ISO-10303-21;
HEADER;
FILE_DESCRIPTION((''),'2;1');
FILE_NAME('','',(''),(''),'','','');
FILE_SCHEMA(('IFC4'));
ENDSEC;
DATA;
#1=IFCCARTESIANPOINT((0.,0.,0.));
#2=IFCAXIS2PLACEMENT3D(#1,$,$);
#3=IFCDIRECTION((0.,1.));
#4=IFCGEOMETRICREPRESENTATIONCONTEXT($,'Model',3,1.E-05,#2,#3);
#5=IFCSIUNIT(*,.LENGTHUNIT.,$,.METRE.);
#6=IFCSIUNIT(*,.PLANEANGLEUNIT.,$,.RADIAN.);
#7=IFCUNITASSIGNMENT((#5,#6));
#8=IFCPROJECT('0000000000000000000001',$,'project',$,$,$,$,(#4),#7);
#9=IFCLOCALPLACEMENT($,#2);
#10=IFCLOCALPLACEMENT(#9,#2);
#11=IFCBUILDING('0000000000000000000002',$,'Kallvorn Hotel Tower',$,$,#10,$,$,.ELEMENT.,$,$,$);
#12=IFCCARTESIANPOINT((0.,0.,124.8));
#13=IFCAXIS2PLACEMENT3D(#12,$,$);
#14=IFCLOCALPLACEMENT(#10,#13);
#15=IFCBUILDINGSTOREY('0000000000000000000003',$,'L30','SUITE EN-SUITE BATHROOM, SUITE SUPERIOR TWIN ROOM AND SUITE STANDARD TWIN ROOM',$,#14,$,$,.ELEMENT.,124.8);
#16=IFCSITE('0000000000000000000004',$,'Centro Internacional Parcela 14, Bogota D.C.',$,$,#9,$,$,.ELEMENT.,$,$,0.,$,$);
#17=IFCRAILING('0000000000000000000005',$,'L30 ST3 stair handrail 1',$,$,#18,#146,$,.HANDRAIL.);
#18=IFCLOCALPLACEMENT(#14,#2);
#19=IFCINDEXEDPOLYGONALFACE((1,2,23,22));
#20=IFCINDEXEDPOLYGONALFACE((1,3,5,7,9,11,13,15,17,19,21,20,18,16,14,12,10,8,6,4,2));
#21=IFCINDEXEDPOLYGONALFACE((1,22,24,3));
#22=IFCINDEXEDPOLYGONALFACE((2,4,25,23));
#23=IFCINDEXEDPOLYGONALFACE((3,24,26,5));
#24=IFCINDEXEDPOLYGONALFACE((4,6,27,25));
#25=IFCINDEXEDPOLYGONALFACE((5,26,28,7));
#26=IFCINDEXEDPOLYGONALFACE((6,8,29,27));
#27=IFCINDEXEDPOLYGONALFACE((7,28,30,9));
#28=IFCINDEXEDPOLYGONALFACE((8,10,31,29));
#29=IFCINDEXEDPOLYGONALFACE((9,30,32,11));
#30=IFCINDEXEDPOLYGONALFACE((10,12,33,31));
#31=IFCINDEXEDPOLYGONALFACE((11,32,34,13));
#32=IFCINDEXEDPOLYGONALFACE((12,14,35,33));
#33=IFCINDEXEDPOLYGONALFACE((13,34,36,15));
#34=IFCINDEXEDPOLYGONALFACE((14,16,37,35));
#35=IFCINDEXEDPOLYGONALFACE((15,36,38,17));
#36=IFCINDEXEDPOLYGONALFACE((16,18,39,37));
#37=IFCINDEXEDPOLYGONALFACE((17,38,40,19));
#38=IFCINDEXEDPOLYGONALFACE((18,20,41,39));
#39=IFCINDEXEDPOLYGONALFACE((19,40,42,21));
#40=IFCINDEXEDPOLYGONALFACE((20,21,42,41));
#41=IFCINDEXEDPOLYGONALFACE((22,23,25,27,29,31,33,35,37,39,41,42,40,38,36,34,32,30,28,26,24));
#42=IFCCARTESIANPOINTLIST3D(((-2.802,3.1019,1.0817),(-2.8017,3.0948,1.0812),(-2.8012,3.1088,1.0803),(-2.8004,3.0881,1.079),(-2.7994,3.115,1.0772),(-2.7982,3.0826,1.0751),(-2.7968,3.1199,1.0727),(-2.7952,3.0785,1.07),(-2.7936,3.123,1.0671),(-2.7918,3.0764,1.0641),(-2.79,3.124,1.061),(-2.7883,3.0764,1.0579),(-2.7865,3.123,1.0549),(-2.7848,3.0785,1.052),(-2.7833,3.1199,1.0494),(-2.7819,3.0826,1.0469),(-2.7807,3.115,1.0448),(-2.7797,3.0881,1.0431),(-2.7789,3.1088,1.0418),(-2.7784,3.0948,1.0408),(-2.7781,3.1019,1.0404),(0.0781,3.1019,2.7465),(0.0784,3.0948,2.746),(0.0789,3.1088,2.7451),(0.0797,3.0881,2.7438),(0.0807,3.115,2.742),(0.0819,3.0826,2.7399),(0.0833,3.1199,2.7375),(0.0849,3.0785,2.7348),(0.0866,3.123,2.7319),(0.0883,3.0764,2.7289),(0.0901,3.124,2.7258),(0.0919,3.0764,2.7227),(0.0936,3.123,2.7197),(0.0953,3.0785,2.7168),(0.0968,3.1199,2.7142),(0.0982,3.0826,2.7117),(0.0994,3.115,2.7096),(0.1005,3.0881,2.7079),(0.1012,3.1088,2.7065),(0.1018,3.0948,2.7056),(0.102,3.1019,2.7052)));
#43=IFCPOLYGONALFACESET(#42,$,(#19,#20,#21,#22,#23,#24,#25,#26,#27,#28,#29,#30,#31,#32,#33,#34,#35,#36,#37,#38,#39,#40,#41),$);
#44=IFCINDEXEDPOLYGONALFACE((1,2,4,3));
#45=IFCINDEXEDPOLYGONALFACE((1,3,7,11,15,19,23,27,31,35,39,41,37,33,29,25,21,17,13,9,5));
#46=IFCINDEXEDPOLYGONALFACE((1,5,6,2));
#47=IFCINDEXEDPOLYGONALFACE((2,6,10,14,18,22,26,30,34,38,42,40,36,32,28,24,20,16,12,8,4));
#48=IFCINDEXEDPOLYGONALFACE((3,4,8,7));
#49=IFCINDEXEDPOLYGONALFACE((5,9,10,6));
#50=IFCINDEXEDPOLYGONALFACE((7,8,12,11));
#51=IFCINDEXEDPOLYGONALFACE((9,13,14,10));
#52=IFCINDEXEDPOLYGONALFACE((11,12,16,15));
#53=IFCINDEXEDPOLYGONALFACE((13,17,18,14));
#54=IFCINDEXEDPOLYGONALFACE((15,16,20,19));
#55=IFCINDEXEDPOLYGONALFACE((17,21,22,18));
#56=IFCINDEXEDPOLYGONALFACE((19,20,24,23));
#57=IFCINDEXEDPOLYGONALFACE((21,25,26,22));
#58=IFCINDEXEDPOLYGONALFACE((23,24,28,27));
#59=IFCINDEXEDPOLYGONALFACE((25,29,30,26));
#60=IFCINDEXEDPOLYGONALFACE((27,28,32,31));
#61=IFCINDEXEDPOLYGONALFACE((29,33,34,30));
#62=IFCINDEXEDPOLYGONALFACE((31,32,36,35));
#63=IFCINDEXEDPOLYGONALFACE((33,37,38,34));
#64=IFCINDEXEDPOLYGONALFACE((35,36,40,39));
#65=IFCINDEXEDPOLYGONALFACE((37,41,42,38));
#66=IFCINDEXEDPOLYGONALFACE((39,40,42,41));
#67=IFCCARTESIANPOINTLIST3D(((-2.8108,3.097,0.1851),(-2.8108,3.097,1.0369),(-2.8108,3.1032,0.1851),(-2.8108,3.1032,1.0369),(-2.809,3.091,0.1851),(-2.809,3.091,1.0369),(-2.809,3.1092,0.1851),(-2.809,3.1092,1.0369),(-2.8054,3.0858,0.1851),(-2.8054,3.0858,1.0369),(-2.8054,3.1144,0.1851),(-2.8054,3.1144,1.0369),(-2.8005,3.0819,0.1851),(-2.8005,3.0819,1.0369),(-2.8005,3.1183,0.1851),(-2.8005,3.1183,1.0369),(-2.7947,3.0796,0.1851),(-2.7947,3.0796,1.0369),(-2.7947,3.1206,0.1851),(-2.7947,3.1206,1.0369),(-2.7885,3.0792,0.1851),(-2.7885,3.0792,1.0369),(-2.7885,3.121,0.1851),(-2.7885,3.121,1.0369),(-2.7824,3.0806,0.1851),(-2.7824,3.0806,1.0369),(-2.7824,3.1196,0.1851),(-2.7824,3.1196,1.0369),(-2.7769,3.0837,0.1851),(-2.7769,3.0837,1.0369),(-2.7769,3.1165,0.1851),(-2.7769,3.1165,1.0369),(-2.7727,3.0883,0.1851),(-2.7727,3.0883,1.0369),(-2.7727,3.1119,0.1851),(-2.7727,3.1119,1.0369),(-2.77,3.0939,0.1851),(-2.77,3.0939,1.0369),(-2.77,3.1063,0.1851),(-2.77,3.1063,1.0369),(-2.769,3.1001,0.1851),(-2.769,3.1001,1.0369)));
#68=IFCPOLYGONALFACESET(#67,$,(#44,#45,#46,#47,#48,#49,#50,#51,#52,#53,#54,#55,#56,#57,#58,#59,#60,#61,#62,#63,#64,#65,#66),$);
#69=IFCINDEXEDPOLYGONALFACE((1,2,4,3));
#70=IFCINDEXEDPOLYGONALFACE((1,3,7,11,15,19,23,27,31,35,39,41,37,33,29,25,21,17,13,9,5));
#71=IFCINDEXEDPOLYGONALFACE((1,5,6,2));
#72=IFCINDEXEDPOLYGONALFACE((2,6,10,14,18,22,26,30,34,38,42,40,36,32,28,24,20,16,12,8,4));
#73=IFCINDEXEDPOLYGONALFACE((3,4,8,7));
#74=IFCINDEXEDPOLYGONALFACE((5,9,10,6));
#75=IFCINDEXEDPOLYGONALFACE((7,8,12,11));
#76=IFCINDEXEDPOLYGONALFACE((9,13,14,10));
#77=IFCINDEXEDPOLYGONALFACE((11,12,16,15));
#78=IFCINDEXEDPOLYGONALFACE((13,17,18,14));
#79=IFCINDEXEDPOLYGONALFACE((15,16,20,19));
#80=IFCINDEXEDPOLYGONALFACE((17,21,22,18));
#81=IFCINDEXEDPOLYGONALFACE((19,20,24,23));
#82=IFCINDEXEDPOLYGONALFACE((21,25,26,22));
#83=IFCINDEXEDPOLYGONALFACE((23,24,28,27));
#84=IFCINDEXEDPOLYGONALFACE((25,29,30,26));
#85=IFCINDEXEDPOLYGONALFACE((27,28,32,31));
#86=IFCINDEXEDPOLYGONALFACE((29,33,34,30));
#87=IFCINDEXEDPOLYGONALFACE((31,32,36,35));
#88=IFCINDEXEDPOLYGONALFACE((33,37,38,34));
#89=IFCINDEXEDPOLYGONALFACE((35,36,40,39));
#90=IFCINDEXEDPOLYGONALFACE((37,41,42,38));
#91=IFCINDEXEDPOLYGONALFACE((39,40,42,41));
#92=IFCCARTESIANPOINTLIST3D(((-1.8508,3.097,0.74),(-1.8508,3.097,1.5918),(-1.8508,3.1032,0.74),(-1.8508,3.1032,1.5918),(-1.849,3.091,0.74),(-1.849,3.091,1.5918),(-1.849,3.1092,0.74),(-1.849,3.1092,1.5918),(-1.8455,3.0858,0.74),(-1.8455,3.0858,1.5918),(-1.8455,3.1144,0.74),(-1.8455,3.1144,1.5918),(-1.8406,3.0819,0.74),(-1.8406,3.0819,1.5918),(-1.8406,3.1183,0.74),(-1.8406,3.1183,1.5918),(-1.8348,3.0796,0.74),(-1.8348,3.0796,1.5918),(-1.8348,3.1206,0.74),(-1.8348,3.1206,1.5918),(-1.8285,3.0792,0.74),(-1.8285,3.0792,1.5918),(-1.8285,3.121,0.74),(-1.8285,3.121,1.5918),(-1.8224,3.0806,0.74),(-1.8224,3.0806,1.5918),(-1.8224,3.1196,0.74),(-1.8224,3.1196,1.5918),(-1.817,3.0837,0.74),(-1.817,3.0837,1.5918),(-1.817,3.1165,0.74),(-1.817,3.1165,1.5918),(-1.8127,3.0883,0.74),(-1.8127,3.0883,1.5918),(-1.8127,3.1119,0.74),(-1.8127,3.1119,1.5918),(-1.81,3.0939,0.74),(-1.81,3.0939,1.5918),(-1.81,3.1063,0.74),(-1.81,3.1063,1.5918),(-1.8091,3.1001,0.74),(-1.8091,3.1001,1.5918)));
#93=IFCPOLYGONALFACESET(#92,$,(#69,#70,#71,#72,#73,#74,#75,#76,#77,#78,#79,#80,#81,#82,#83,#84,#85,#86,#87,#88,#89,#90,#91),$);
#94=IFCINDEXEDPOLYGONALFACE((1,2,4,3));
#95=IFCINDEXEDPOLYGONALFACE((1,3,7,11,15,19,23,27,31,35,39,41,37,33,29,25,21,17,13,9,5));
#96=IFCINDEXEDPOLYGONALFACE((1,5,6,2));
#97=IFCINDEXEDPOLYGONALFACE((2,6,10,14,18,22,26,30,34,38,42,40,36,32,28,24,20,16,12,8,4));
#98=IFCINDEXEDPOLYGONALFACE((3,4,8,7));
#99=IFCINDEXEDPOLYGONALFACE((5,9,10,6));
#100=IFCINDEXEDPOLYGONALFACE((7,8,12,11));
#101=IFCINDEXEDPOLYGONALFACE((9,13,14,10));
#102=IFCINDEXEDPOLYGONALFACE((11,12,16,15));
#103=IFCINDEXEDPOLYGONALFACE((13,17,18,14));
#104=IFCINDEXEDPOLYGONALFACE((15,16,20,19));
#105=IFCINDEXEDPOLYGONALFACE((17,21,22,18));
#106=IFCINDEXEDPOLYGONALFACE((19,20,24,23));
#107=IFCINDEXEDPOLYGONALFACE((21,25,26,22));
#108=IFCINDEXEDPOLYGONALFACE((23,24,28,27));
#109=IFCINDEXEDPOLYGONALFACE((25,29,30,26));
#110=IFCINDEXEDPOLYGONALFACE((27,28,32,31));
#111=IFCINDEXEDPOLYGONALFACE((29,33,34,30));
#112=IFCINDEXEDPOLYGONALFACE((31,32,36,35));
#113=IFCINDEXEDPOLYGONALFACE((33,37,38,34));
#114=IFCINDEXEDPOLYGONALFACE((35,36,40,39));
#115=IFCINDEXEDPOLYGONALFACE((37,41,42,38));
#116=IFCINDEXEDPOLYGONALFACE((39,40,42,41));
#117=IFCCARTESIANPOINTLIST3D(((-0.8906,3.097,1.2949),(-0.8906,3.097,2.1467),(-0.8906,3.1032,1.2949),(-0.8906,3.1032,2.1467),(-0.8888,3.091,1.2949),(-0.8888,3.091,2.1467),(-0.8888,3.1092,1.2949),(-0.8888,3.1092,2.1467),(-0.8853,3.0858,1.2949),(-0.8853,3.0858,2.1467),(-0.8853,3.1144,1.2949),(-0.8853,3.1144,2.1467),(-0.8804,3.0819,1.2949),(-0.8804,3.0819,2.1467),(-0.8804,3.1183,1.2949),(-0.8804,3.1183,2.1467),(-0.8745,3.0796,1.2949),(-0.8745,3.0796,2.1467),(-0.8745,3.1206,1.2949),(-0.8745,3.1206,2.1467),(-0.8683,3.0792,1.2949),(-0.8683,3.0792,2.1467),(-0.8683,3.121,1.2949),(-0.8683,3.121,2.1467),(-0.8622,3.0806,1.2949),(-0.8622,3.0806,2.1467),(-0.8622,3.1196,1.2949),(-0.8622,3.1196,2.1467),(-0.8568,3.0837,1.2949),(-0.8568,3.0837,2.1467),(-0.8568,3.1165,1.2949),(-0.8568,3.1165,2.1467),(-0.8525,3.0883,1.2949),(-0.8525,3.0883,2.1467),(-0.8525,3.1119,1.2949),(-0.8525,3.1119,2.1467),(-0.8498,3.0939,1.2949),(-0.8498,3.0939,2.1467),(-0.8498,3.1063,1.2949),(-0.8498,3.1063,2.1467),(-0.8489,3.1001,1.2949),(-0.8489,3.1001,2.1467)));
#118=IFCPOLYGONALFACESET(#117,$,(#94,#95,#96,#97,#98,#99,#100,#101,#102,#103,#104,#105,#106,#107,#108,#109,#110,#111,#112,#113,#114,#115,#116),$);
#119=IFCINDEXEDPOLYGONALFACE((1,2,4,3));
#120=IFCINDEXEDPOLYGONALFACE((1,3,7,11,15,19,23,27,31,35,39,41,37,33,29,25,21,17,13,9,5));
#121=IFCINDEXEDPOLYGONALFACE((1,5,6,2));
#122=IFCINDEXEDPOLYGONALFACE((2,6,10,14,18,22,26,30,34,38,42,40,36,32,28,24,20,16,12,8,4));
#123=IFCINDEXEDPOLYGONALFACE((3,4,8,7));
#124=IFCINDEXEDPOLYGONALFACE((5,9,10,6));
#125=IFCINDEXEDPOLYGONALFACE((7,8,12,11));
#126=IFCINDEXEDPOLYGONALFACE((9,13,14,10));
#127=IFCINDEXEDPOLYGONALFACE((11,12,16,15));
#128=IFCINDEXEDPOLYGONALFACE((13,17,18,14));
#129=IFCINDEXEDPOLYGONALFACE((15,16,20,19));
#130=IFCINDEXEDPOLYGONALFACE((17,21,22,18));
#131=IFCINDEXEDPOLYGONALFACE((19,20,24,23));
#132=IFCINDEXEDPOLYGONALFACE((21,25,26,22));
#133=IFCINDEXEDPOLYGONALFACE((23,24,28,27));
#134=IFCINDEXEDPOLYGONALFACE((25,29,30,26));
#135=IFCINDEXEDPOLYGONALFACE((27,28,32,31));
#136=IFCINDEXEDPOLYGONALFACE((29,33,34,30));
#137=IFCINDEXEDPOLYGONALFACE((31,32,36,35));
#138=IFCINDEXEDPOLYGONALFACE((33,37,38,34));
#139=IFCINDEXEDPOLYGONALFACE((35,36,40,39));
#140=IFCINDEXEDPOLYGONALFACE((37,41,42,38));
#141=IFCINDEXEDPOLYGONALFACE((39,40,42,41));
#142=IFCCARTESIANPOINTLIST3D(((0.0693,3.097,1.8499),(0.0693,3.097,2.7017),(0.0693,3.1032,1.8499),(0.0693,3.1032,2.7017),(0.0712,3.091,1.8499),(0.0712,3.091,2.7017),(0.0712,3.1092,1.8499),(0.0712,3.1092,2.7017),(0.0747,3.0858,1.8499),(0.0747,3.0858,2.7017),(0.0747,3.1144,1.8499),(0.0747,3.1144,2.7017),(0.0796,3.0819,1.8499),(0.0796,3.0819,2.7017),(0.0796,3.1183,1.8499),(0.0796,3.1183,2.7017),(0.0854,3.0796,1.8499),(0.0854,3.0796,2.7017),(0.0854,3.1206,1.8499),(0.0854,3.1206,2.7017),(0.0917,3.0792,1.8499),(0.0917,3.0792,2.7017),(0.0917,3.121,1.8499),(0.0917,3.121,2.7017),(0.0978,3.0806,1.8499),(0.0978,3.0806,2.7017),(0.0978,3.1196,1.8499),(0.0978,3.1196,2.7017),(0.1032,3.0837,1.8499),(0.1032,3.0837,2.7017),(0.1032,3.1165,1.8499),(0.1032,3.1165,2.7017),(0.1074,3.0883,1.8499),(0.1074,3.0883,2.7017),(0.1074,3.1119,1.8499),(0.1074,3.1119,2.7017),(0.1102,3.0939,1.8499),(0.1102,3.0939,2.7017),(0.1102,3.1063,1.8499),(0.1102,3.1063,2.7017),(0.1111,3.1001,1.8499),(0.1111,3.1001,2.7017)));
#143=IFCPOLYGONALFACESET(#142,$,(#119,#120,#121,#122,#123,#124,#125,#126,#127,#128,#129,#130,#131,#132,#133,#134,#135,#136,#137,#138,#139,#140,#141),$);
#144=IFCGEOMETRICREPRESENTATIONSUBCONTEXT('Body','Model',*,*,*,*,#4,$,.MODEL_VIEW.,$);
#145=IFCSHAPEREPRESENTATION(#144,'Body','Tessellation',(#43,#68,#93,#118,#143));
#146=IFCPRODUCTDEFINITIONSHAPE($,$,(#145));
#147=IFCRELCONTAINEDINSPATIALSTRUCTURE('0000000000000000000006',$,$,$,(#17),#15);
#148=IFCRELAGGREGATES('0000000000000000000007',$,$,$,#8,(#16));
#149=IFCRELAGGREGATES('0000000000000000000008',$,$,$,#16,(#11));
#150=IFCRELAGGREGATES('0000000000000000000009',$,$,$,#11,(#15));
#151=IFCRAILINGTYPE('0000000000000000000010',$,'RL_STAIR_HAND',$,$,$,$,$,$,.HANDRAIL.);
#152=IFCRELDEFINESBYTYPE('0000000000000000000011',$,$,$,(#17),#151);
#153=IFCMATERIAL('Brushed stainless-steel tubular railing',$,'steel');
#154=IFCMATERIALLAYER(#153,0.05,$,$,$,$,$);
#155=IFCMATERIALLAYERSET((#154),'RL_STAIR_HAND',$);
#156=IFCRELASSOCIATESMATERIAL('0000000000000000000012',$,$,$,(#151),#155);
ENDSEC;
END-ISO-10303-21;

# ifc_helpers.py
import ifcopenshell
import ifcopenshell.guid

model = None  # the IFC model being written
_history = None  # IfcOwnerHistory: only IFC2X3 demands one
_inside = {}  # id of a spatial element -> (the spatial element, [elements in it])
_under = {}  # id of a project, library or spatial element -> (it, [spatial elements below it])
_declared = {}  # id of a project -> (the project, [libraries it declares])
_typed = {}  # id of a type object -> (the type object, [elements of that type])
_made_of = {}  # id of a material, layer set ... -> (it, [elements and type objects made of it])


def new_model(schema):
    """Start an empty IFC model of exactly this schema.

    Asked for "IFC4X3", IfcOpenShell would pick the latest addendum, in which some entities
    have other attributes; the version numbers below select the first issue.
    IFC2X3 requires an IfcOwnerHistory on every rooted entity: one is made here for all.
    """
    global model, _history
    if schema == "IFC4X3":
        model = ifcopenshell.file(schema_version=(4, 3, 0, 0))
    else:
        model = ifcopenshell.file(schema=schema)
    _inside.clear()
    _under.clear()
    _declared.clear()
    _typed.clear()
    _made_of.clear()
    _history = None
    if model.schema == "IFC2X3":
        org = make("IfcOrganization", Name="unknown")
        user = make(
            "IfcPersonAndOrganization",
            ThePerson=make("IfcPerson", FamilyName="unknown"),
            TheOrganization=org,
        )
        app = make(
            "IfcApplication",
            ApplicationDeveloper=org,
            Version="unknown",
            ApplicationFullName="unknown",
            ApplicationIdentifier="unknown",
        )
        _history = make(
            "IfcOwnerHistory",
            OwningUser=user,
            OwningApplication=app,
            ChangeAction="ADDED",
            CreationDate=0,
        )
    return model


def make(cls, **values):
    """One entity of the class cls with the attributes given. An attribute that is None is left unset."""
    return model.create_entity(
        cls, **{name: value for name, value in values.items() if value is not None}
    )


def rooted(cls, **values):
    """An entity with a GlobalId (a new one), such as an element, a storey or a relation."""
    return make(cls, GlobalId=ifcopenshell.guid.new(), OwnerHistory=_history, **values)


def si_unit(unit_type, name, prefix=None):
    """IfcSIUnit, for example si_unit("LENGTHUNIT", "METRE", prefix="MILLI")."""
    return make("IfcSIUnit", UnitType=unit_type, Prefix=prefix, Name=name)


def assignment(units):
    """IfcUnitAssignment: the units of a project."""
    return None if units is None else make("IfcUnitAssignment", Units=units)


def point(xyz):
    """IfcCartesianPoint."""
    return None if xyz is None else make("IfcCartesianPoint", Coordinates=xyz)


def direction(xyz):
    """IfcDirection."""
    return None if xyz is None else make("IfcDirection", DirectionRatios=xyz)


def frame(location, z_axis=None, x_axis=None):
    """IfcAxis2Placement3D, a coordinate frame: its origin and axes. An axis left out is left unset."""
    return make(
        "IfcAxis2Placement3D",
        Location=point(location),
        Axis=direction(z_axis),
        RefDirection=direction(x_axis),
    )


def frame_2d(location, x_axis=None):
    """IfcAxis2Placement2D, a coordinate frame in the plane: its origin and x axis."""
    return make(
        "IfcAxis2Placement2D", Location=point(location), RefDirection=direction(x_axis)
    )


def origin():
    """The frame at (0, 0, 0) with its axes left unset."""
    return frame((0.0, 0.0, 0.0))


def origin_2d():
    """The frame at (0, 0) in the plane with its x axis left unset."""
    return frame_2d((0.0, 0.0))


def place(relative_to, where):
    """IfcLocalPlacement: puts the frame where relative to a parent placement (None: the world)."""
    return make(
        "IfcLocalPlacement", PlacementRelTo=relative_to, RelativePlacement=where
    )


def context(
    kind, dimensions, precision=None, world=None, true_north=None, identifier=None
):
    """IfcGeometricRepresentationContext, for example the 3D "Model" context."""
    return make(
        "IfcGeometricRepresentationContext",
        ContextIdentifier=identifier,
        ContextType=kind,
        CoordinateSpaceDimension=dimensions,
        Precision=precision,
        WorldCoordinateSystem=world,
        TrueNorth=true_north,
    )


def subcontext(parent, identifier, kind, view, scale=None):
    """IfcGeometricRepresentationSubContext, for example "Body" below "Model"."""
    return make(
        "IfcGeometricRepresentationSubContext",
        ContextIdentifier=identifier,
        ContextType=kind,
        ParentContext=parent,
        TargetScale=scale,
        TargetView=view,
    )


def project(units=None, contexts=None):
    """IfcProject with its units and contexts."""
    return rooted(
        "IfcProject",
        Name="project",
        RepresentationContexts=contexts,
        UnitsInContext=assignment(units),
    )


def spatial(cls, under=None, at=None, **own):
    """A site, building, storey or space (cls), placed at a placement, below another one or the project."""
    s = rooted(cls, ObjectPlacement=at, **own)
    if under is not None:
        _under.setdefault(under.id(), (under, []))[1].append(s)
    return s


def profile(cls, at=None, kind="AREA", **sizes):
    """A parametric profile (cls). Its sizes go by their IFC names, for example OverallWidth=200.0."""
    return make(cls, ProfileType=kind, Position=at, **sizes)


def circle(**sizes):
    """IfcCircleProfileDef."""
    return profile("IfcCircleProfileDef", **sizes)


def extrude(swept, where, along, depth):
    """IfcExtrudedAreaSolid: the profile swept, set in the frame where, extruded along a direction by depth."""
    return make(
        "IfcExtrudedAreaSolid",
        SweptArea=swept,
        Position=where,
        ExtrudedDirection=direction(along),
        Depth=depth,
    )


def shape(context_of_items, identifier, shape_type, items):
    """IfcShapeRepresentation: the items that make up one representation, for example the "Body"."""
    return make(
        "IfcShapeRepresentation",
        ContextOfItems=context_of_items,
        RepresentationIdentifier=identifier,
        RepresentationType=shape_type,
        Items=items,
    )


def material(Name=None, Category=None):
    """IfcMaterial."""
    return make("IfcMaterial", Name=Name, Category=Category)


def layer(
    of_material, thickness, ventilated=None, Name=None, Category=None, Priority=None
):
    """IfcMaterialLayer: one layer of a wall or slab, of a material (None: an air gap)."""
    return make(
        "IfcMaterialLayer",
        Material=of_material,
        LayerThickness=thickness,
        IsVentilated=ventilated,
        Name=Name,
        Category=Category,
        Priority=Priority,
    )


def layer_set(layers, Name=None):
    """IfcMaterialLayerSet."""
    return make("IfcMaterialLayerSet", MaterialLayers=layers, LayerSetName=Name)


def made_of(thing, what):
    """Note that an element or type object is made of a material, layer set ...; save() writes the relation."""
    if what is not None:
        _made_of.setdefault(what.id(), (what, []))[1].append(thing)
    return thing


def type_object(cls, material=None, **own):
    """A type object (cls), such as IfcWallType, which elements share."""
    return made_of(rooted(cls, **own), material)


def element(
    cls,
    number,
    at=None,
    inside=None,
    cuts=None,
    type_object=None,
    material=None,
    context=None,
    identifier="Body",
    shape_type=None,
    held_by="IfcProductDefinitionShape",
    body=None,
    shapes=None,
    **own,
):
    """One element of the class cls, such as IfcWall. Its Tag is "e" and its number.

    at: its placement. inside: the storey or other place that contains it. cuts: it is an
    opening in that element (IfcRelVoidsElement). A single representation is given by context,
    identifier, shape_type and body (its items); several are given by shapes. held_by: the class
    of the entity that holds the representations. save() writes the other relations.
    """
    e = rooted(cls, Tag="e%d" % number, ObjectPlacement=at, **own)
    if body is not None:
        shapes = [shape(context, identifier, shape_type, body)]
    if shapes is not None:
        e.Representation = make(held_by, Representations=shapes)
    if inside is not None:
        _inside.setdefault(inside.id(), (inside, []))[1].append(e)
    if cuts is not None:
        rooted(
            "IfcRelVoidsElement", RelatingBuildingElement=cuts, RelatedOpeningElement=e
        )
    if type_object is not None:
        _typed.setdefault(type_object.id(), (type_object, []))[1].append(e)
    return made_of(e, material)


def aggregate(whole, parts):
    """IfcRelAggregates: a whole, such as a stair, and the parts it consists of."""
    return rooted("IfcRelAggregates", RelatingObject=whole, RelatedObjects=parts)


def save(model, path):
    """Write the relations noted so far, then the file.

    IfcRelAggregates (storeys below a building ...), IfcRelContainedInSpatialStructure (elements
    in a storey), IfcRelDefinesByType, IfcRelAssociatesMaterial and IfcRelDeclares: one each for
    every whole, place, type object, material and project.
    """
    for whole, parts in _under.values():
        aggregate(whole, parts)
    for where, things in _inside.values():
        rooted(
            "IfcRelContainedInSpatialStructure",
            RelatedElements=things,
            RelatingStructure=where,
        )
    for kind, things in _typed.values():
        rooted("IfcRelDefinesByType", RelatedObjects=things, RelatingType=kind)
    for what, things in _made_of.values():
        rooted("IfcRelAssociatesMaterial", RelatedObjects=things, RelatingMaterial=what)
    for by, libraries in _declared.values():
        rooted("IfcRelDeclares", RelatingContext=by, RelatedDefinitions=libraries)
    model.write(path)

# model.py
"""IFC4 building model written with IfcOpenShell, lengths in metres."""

from ifc_helpers import new_model, si_unit, direction, frame, origin, origin_2d, place, context, subcontext, project, spatial, circle, extrude, material, layer, layer_set, type_object, element, save


model = new_model("IFC4")

# Units and contexts
model_context = context("Model", 3, precision=1e-05, world=origin(), true_north=direction((0.0, 1.0)))
body_context = subcontext(model_context, "Body", "Model", "MODEL_VIEW")
ifc_project = project(units=[si_unit("LENGTHUNIT", "METRE"), si_unit("PLANEANGLEUNIT", "RADIAN")], contexts=[model_context])

# Site, building, storey
site_placement = place(None, origin())
site = spatial("IfcSite", under=ifc_project, at=site_placement, Name="Centro Internacional Parcela 14, Bogota D.C.", CompositionType="ELEMENT", RefElevation=0.0)
building_placement = place(site_placement, origin())
building = spatial("IfcBuilding", under=site, at=building_placement, Name="Kallvorn Hotel Tower", CompositionType="ELEMENT")
storey_placement = place(building_placement, frame((0.0, 0.0, 124.8)))
storey = spatial("IfcBuildingStorey", under=building, at=storey_placement, Name="L30", Description="SUITE EN-SUITE BATHROOM, SUITE SUPERIOR TWIN ROOM AND SUITE STANDARD TWIN ROOM", CompositionType="ELEMENT", Elevation=124.8)

# Railing
ifc_material_1 = material(Name="Brushed stainless-steel tubular railing", Category="steel")
ifc_layer_1 = layer(ifc_material_1, 0.05)
ifc_layer_set_1 = layer_set([ifc_layer_1], Name="RL_STAIR_HAND")
railing_type_1 = type_object("IfcRailingType", Name="RL_STAIR_HAND", PredefinedType="HANDRAIL", material=ifc_layer_set_1)
railing_1_placement = place(storey_placement, frame((-2.79, 3.1001, 0.1851)))
element("IfcRailing", 1, at=railing_1_placement, inside=storey, type_object=railing_type_1, Name="L30 ST3 stair handrail 1", PredefinedType="HANDRAIL", context=body_context, shape_type="SweptSolid", body=[
    extrude(circle(Radius=0.0239, at=origin_2d()), frame((0.0, 0.0, 0.876), z_axis=(0.865771, 0.0, 0.50044), x_axis=(0.0, 1.0, 0.0)), (0.0, 0.0, 1.0), 3.3267),
    extrude(circle(Radius=0.021, at=origin_2d()), origin(), (0.0, 0.0, 1.0), 0.8518),
    extrude(circle(Radius=0.021, at=origin_2d()), frame((0.96, 0.0, 0.5549)), (0.0, 0.0, 1.0), 0.8518),
    extrude(circle(Radius=0.021, at=origin_2d()), frame((1.9202, 0.0, 1.1099)), (0.0, 0.0, 1.0), 0.8518),
    extrude(circle(Radius=0.021, at=origin_2d()), frame((2.8801, 0.0, 1.6648)), (0.0, 0.0, 1.0), 0.8518),
])

save(model, "model.ifc")
